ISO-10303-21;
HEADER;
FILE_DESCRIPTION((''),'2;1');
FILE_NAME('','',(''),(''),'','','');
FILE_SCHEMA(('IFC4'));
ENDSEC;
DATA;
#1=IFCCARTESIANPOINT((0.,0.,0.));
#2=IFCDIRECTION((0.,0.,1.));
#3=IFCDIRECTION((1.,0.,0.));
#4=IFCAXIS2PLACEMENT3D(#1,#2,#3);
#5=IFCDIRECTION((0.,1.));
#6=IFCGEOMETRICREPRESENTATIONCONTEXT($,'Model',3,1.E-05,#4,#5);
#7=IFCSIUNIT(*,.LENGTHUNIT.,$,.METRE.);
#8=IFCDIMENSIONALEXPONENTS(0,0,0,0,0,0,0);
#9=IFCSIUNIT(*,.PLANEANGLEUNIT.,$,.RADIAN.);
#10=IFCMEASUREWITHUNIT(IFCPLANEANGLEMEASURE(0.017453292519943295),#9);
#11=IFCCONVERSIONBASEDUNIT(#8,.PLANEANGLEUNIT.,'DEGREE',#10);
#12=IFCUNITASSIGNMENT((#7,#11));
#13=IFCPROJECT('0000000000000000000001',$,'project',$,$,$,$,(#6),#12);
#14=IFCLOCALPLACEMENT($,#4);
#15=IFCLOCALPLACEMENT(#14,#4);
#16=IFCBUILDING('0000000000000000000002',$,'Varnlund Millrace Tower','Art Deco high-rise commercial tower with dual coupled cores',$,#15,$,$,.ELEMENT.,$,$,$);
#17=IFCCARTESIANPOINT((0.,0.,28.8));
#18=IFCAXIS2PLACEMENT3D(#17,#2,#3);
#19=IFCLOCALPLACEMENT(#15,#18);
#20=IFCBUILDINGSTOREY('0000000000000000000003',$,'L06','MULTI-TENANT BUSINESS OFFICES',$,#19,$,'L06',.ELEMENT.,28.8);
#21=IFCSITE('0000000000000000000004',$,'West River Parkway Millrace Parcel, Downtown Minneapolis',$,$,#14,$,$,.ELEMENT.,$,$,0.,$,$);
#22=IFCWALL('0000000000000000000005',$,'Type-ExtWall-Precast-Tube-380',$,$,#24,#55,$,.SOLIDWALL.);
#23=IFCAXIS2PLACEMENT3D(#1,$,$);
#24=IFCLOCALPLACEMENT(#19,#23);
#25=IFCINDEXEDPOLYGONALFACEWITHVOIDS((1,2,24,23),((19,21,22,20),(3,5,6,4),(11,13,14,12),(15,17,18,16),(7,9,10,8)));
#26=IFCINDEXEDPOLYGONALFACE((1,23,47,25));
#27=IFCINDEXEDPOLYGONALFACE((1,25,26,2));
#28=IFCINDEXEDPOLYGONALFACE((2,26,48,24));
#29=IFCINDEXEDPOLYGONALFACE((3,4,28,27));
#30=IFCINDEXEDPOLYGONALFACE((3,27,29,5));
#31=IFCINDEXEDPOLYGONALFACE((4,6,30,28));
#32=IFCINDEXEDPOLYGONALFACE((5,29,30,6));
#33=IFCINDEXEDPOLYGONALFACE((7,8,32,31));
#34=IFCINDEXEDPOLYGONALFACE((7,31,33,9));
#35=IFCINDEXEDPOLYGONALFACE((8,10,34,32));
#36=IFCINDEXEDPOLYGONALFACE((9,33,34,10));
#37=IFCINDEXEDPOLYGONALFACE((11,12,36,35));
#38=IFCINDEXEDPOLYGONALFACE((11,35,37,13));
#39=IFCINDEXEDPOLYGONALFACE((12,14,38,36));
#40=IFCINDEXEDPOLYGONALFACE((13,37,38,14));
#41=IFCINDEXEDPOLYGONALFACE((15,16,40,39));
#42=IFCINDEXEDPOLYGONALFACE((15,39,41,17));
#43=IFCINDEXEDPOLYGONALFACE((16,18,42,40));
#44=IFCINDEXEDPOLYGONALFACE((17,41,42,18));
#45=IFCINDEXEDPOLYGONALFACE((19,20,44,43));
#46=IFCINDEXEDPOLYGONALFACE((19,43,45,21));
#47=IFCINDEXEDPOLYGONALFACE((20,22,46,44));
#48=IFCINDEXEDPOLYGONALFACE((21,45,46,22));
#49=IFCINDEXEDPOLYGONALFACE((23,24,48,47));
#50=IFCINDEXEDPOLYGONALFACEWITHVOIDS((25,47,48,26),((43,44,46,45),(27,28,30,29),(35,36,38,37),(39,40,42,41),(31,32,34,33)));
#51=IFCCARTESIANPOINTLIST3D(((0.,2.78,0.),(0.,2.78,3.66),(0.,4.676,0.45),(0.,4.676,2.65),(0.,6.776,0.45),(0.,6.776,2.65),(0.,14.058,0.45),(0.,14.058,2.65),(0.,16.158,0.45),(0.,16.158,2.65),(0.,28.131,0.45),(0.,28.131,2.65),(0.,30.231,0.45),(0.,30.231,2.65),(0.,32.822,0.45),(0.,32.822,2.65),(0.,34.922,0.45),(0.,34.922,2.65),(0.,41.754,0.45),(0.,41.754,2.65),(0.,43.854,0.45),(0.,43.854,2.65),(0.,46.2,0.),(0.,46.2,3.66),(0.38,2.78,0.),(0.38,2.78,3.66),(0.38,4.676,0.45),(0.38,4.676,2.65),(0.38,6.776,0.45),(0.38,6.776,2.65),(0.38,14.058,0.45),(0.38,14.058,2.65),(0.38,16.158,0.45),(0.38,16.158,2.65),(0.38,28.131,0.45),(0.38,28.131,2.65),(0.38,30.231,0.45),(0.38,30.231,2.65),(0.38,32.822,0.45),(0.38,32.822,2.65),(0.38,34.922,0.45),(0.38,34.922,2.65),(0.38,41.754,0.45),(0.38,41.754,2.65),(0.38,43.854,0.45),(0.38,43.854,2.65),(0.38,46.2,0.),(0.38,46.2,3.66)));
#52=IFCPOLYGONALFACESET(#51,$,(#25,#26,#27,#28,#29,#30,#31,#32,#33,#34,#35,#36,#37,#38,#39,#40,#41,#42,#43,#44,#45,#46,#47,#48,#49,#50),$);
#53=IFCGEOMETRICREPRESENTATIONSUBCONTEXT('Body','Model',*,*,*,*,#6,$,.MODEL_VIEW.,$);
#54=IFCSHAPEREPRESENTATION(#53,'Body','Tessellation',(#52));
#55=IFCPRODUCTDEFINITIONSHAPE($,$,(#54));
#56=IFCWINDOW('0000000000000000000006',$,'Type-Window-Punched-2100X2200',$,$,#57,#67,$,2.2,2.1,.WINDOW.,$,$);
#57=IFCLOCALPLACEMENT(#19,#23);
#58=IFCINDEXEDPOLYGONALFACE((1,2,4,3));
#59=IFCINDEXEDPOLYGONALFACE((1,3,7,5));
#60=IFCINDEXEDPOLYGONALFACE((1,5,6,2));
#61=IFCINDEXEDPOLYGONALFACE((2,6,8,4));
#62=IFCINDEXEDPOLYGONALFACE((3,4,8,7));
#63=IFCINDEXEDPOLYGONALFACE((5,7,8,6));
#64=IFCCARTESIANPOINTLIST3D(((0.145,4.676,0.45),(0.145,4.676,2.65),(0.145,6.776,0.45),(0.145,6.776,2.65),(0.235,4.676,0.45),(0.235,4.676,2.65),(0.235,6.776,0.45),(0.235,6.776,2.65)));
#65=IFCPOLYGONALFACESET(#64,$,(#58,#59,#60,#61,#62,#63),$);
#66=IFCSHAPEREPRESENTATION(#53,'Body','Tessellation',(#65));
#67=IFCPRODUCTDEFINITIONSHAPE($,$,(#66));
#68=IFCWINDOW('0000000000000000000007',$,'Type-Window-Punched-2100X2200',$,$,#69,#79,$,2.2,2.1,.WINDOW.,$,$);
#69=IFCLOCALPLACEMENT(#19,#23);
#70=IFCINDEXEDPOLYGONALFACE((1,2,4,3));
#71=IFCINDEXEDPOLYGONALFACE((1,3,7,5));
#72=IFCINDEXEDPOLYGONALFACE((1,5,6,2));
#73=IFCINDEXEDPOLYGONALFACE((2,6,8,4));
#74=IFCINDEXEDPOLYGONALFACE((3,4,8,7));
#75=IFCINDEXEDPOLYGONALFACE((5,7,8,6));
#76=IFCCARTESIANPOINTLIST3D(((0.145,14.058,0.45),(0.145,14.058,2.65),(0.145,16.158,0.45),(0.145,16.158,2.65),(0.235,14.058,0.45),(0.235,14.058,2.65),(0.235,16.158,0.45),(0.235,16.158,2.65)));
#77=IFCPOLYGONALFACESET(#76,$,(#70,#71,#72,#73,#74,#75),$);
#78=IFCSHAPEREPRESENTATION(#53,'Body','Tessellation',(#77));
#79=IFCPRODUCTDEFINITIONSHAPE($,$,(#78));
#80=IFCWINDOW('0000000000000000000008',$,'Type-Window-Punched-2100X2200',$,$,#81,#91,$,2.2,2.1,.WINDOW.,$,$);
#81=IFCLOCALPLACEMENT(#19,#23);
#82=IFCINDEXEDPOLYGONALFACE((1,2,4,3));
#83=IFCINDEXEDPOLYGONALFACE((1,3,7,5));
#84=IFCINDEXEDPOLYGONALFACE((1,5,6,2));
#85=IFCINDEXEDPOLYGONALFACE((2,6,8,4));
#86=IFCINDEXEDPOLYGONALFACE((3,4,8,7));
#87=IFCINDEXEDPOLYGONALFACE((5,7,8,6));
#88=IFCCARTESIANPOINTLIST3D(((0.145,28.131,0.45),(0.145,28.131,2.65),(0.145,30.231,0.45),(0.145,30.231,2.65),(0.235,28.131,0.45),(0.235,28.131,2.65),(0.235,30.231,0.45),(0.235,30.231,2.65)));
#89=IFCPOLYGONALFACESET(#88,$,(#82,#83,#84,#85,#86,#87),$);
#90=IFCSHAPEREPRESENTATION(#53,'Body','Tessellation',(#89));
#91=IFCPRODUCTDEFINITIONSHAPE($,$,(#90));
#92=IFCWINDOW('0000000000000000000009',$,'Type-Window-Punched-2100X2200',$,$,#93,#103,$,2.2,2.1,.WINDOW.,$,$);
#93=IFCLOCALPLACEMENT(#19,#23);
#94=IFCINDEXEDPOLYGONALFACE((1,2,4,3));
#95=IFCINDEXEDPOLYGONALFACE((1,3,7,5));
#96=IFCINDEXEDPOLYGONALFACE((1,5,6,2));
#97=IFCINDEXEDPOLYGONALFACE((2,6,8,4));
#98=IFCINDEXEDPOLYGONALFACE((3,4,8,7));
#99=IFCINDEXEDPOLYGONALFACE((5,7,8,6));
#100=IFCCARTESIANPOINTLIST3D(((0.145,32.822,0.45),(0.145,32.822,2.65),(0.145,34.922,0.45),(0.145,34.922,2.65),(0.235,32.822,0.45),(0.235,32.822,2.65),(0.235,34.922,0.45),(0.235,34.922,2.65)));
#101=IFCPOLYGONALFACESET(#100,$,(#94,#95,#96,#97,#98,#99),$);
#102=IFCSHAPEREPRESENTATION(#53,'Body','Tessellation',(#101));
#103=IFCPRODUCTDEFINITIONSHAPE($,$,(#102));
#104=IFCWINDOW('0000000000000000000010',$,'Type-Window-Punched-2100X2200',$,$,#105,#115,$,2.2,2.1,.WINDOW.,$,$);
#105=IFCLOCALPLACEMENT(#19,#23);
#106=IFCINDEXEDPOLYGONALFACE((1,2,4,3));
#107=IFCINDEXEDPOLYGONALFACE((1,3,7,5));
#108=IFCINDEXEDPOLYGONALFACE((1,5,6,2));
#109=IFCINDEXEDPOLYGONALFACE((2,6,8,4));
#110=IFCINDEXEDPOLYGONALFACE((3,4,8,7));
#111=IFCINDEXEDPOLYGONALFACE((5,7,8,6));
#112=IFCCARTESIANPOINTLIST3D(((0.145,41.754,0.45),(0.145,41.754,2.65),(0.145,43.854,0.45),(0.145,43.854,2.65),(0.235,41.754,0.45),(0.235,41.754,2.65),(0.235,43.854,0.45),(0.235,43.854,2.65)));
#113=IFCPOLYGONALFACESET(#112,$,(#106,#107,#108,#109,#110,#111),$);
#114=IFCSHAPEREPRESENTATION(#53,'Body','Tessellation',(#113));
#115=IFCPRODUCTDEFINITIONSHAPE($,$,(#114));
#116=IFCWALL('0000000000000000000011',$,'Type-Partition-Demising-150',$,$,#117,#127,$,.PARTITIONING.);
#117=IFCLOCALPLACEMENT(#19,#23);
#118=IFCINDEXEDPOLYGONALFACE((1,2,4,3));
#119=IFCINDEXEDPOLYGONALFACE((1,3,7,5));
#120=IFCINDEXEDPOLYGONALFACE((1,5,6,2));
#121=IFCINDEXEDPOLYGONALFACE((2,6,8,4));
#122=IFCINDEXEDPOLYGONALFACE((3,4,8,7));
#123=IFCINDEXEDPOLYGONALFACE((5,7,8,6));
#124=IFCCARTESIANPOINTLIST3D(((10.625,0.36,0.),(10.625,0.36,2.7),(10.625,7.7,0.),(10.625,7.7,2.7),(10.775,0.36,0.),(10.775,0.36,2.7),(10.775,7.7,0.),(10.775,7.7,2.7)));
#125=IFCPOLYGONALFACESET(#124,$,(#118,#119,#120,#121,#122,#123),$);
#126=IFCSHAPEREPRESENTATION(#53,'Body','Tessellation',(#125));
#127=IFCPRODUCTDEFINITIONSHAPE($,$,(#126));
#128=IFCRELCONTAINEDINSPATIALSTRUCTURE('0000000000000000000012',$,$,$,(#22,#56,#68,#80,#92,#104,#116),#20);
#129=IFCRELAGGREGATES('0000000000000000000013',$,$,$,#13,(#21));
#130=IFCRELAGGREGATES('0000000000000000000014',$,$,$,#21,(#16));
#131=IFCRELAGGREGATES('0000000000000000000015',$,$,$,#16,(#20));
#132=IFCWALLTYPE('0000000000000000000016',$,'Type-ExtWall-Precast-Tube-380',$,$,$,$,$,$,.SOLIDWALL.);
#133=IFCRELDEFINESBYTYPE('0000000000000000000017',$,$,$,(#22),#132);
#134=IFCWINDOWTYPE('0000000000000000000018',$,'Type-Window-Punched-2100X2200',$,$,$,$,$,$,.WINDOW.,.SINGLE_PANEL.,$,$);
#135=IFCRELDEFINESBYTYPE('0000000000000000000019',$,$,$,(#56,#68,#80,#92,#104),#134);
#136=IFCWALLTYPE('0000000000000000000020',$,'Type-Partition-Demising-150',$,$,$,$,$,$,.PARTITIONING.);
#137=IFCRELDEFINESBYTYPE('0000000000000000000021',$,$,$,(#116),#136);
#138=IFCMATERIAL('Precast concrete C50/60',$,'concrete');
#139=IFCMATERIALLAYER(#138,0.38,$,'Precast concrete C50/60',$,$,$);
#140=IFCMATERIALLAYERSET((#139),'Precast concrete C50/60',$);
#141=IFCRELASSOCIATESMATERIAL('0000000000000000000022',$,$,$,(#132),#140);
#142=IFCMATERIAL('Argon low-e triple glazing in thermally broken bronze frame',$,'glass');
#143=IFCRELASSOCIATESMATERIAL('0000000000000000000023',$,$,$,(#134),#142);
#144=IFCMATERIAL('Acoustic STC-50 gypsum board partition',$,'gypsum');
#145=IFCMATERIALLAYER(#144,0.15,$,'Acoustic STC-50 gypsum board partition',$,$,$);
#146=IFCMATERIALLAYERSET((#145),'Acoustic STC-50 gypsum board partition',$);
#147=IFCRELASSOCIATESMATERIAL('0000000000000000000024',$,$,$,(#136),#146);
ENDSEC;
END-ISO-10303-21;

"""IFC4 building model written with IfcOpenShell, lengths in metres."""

from ifc_helpers import new_model, entity, si_unit, converted_unit, direction, frame, origin_with_axes, origin_2d_with_axis, place, context, subcontext, project, spatial, polyline, rectangle, outline, extrude, material, layer, layer_set, type_object, element, fill, save


model = new_model("IFC4")

# Units and contexts
model_context = context("Model", 3, precision=1e-05, world=origin_with_axes(), true_north=direction((0.0, 1.0)))
body_context = subcontext(model_context, "Body", "Model", "MODEL_VIEW")
ifc_project = project(units=[si_unit("LENGTHUNIT", "METRE"), converted_unit("PLANEANGLEUNIT", "DEGREE", entity("IfcPlaneAngleMeasure", 0.017453292519943295), si_unit("PLANEANGLEUNIT", "RADIAN"), dimensions=[0, 0, 0, 0, 0, 0, 0])], contexts=[model_context])

# Site, building, storey
site_placement = place(None, origin_with_axes())
site = spatial("IfcSite", under=ifc_project, at=site_placement, Name="West River Parkway Millrace Parcel, Downtown Minneapolis", CompositionType="ELEMENT", RefElevation=0.0)
building_placement = place(site_placement, origin_with_axes())
building = spatial("IfcBuilding", under=site, at=building_placement, Name="Varnlund Millrace Tower", Description="Art Deco high-rise commercial tower with dual coupled cores", CompositionType="ELEMENT")
storey_placement = place(building_placement, frame((0.0, 0.0, 28.8), z_axis=(0.0, 0.0, 1.0), x_axis=(1.0, 0.0, 0.0)))
storey = spatial("IfcBuildingStorey", under=building, at=storey_placement, Name="L06", Description="MULTI-TENANT BUSINESS OFFICES", LongName="L06", CompositionType="ELEMENT", Elevation=28.8)

# Shared definitions
ifc_material_1 = material(Name="Precast concrete C50/60", Category="concrete")
ifc_layer_1 = layer(ifc_material_1, 0.38, Name="Precast concrete C50/60")
ifc_layer_set_1 = layer_set([ifc_layer_1], Name="Precast concrete C50/60")
wall_type_1 = type_object("IfcWallType", Name="Type-ExtWall-Precast-Tube-380", PredefinedType="SOLIDWALL", material=ifc_layer_set_1)

# Wall, openings, windows
wall_1_placement = place(storey_placement, frame((0.19, 2.78, 0.0), z_axis=(0.0, 0.0, 1.0), x_axis=(0.0, 1.0, 0.0)))
wall_1 = element("IfcWall", 1, at=wall_1_placement, inside=storey, type_object=wall_type_1, Name="Type-ExtWall-Precast-Tube-380", PredefinedType="SOLIDWALL", context=body_context, shape_type="SweptSolid", body=[
    extrude(outline(polyline([(0.0, -0.19), (43.42, -0.19), (43.42, 0.19), (0.0, 0.19), (0.0, -0.19)])), origin_with_axes(), (0.0, 0.0, 1.0), 3.66),
])
opening_1_placement = place(wall_1_placement, frame((2.946, 0.0, 0.45), z_axis=(0.0, 0.0, 1.0), x_axis=(1.0, 0.0, 0.0)))
opening_1 = element("IfcOpeningElement", 2, at=opening_1_placement, cuts=wall_1, PredefinedType="OPENING", context=body_context, shape_type="SweptSolid", body=[
    extrude(rectangle(XDim=2.1, YDim=0.4, at=origin_2d_with_axis()), origin_with_axes(), (0.0, 0.0, 1.0), 2.2),
])
opening_2_placement = place(wall_1_placement, frame((12.328, 0.0, 0.45), z_axis=(0.0, 0.0, 1.0), x_axis=(1.0, 0.0, 0.0)))
opening_2 = element("IfcOpeningElement", 3, at=opening_2_placement, cuts=wall_1, PredefinedType="OPENING", context=body_context, shape_type="SweptSolid", body=[
    extrude(rectangle(XDim=2.1, YDim=0.4, at=origin_2d_with_axis()), origin_with_axes(), (0.0, 0.0, 1.0), 2.2),
])
opening_3_placement = place(wall_1_placement, frame((26.401, 0.0, 0.45), z_axis=(0.0, 0.0, 1.0), x_axis=(1.0, 0.0, 0.0)))
opening_3 = element("IfcOpeningElement", 4, at=opening_3_placement, cuts=wall_1, PredefinedType="OPENING", context=body_context, shape_type="SweptSolid", body=[
    extrude(rectangle(XDim=2.1, YDim=0.4, at=origin_2d_with_axis()), origin_with_axes(), (0.0, 0.0, 1.0), 2.2),
])
opening_4_placement = place(wall_1_placement, frame((31.092, 0.0, 0.45), z_axis=(0.0, 0.0, 1.0), x_axis=(1.0, 0.0, 0.0)))
opening_4 = element("IfcOpeningElement", 5, at=opening_4_placement, cuts=wall_1, PredefinedType="OPENING", context=body_context, shape_type="SweptSolid", body=[
    extrude(rectangle(XDim=2.1, YDim=0.4, at=origin_2d_with_axis()), origin_with_axes(), (0.0, 0.0, 1.0), 2.2),
])
opening_5_placement = place(wall_1_placement, frame((40.024, 0.0, 0.45), z_axis=(0.0, 0.0, 1.0), x_axis=(1.0, 0.0, 0.0)))
opening_5 = element("IfcOpeningElement", 6, at=opening_5_placement, cuts=wall_1, PredefinedType="OPENING", context=body_context, shape_type="SweptSolid", body=[
    extrude(rectangle(XDim=2.1, YDim=0.4, at=origin_2d_with_axis()), origin_with_axes(), (0.0, 0.0, 1.0), 2.2),
])
ifc_material_2 = material(Name="Argon low-e triple glazing in thermally broken bronze frame", Category="glass")
window_type = type_object("IfcWindowType", Name="Type-Window-Punched-2100X2200", PartitioningType="SINGLE_PANEL", PredefinedType="WINDOW", material=ifc_material_2)
window_1_placement = place(wall_1_placement, frame((2.946, 0.0, 0.45), z_axis=(0.0, 0.0, 1.0), x_axis=(1.0, 0.0, 0.0)))
window_1 = element("IfcWindow", 7, at=window_1_placement, inside=storey, type_object=window_type, Name="Type-Window-Punched-2100X2200", OverallHeight=2.2, OverallWidth=2.1, PredefinedType="WINDOW", context=body_context, shape_type="SweptSolid", body=[
    extrude(rectangle(XDim=2.1, YDim=0.09, at=origin_2d_with_axis()), origin_with_axes(), (0.0, 0.0, 1.0), 2.2),
])
fill(opening_1, window_1)
window_2_placement = place(wall_1_placement, frame((12.328, 0.0, 0.45), z_axis=(0.0, 0.0, 1.0), x_axis=(1.0, 0.0, 0.0)))
window_2 = element("IfcWindow", 8, at=window_2_placement, inside=storey, type_object=window_type, Name="Type-Window-Punched-2100X2200", OverallHeight=2.2, OverallWidth=2.1, PredefinedType="WINDOW", context=body_context, shape_type="SweptSolid", body=[
    extrude(rectangle(XDim=2.1, YDim=0.09, at=origin_2d_with_axis()), origin_with_axes(), (0.0, 0.0, 1.0), 2.2),
])
fill(opening_2, window_2)
window_3_placement = place(wall_1_placement, frame((26.401, 0.0, 0.45), z_axis=(0.0, 0.0, 1.0), x_axis=(1.0, 0.0, 0.0)))
window_3 = element("IfcWindow", 9, at=window_3_placement, inside=storey, type_object=window_type, Name="Type-Window-Punched-2100X2200", OverallHeight=2.2, OverallWidth=2.1, PredefinedType="WINDOW", context=body_context, shape_type="SweptSolid", body=[
    extrude(rectangle(XDim=2.1, YDim=0.09, at=origin_2d_with_axis()), origin_with_axes(), (0.0, 0.0, 1.0), 2.2),
])
fill(opening_3, window_3)
window_4_placement = place(wall_1_placement, frame((31.092, 0.0, 0.45), z_axis=(0.0, 0.0, 1.0), x_axis=(1.0, 0.0, 0.0)))
window_4 = element("IfcWindow", 10, at=window_4_placement, inside=storey, type_object=window_type, Name="Type-Window-Punched-2100X2200", OverallHeight=2.2, OverallWidth=2.1, PredefinedType="WINDOW", context=body_context, shape_type="SweptSolid", body=[
    extrude(rectangle(XDim=2.1, YDim=0.09, at=origin_2d_with_axis()), origin_with_axes(), (0.0, 0.0, 1.0), 2.2),
])
fill(opening_4, window_4)
window_5_placement = place(wall_1_placement, frame((40.024, 0.0, 0.45), z_axis=(0.0, 0.0, 1.0), x_axis=(1.0, 0.0, 0.0)))
window_5 = element("IfcWindow", 11, at=window_5_placement, inside=storey, type_object=window_type, Name="Type-Window-Punched-2100X2200", OverallHeight=2.2, OverallWidth=2.1, PredefinedType="WINDOW", context=body_context, shape_type="SweptSolid", body=[
    extrude(rectangle(XDim=2.1, YDim=0.09, at=origin_2d_with_axis()), origin_with_axes(), (0.0, 0.0, 1.0), 2.2),
])
fill(opening_5, window_5)

# Wall
ifc_material_3 = material(Name="Acoustic STC-50 gypsum board partition", Category="gypsum")
ifc_layer_2 = layer(ifc_material_3, 0.15, Name="Acoustic STC-50 gypsum board partition")
ifc_layer_set_2 = layer_set([ifc_layer_2], Name="Acoustic STC-50 gypsum board partition")
wall_type_2 = type_object("IfcWallType", Name="Type-Partition-Demising-150", PredefinedType="PARTITIONING", material=ifc_layer_set_2)
wall_2_placement = place(storey_placement, frame((10.7, 0.36, 0.0), z_axis=(0.0, 0.0, 1.0), x_axis=(0.0, 1.0, 0.0)))
element("IfcWall", 12, at=wall_2_placement, inside=storey, type_object=wall_type_2, Name="Type-Partition-Demising-150", PredefinedType="PARTITIONING", context=body_context, shape_type="SweptSolid", body=[
    extrude(outline(polyline([(0.0, -0.075), (7.34, -0.075), (7.34, 0.075), (0.0, 0.075), (0.0, -0.075)])), origin_with_axes(), (0.0, 0.0, 1.0), 2.7),
])

save(model, "model.ifc")
